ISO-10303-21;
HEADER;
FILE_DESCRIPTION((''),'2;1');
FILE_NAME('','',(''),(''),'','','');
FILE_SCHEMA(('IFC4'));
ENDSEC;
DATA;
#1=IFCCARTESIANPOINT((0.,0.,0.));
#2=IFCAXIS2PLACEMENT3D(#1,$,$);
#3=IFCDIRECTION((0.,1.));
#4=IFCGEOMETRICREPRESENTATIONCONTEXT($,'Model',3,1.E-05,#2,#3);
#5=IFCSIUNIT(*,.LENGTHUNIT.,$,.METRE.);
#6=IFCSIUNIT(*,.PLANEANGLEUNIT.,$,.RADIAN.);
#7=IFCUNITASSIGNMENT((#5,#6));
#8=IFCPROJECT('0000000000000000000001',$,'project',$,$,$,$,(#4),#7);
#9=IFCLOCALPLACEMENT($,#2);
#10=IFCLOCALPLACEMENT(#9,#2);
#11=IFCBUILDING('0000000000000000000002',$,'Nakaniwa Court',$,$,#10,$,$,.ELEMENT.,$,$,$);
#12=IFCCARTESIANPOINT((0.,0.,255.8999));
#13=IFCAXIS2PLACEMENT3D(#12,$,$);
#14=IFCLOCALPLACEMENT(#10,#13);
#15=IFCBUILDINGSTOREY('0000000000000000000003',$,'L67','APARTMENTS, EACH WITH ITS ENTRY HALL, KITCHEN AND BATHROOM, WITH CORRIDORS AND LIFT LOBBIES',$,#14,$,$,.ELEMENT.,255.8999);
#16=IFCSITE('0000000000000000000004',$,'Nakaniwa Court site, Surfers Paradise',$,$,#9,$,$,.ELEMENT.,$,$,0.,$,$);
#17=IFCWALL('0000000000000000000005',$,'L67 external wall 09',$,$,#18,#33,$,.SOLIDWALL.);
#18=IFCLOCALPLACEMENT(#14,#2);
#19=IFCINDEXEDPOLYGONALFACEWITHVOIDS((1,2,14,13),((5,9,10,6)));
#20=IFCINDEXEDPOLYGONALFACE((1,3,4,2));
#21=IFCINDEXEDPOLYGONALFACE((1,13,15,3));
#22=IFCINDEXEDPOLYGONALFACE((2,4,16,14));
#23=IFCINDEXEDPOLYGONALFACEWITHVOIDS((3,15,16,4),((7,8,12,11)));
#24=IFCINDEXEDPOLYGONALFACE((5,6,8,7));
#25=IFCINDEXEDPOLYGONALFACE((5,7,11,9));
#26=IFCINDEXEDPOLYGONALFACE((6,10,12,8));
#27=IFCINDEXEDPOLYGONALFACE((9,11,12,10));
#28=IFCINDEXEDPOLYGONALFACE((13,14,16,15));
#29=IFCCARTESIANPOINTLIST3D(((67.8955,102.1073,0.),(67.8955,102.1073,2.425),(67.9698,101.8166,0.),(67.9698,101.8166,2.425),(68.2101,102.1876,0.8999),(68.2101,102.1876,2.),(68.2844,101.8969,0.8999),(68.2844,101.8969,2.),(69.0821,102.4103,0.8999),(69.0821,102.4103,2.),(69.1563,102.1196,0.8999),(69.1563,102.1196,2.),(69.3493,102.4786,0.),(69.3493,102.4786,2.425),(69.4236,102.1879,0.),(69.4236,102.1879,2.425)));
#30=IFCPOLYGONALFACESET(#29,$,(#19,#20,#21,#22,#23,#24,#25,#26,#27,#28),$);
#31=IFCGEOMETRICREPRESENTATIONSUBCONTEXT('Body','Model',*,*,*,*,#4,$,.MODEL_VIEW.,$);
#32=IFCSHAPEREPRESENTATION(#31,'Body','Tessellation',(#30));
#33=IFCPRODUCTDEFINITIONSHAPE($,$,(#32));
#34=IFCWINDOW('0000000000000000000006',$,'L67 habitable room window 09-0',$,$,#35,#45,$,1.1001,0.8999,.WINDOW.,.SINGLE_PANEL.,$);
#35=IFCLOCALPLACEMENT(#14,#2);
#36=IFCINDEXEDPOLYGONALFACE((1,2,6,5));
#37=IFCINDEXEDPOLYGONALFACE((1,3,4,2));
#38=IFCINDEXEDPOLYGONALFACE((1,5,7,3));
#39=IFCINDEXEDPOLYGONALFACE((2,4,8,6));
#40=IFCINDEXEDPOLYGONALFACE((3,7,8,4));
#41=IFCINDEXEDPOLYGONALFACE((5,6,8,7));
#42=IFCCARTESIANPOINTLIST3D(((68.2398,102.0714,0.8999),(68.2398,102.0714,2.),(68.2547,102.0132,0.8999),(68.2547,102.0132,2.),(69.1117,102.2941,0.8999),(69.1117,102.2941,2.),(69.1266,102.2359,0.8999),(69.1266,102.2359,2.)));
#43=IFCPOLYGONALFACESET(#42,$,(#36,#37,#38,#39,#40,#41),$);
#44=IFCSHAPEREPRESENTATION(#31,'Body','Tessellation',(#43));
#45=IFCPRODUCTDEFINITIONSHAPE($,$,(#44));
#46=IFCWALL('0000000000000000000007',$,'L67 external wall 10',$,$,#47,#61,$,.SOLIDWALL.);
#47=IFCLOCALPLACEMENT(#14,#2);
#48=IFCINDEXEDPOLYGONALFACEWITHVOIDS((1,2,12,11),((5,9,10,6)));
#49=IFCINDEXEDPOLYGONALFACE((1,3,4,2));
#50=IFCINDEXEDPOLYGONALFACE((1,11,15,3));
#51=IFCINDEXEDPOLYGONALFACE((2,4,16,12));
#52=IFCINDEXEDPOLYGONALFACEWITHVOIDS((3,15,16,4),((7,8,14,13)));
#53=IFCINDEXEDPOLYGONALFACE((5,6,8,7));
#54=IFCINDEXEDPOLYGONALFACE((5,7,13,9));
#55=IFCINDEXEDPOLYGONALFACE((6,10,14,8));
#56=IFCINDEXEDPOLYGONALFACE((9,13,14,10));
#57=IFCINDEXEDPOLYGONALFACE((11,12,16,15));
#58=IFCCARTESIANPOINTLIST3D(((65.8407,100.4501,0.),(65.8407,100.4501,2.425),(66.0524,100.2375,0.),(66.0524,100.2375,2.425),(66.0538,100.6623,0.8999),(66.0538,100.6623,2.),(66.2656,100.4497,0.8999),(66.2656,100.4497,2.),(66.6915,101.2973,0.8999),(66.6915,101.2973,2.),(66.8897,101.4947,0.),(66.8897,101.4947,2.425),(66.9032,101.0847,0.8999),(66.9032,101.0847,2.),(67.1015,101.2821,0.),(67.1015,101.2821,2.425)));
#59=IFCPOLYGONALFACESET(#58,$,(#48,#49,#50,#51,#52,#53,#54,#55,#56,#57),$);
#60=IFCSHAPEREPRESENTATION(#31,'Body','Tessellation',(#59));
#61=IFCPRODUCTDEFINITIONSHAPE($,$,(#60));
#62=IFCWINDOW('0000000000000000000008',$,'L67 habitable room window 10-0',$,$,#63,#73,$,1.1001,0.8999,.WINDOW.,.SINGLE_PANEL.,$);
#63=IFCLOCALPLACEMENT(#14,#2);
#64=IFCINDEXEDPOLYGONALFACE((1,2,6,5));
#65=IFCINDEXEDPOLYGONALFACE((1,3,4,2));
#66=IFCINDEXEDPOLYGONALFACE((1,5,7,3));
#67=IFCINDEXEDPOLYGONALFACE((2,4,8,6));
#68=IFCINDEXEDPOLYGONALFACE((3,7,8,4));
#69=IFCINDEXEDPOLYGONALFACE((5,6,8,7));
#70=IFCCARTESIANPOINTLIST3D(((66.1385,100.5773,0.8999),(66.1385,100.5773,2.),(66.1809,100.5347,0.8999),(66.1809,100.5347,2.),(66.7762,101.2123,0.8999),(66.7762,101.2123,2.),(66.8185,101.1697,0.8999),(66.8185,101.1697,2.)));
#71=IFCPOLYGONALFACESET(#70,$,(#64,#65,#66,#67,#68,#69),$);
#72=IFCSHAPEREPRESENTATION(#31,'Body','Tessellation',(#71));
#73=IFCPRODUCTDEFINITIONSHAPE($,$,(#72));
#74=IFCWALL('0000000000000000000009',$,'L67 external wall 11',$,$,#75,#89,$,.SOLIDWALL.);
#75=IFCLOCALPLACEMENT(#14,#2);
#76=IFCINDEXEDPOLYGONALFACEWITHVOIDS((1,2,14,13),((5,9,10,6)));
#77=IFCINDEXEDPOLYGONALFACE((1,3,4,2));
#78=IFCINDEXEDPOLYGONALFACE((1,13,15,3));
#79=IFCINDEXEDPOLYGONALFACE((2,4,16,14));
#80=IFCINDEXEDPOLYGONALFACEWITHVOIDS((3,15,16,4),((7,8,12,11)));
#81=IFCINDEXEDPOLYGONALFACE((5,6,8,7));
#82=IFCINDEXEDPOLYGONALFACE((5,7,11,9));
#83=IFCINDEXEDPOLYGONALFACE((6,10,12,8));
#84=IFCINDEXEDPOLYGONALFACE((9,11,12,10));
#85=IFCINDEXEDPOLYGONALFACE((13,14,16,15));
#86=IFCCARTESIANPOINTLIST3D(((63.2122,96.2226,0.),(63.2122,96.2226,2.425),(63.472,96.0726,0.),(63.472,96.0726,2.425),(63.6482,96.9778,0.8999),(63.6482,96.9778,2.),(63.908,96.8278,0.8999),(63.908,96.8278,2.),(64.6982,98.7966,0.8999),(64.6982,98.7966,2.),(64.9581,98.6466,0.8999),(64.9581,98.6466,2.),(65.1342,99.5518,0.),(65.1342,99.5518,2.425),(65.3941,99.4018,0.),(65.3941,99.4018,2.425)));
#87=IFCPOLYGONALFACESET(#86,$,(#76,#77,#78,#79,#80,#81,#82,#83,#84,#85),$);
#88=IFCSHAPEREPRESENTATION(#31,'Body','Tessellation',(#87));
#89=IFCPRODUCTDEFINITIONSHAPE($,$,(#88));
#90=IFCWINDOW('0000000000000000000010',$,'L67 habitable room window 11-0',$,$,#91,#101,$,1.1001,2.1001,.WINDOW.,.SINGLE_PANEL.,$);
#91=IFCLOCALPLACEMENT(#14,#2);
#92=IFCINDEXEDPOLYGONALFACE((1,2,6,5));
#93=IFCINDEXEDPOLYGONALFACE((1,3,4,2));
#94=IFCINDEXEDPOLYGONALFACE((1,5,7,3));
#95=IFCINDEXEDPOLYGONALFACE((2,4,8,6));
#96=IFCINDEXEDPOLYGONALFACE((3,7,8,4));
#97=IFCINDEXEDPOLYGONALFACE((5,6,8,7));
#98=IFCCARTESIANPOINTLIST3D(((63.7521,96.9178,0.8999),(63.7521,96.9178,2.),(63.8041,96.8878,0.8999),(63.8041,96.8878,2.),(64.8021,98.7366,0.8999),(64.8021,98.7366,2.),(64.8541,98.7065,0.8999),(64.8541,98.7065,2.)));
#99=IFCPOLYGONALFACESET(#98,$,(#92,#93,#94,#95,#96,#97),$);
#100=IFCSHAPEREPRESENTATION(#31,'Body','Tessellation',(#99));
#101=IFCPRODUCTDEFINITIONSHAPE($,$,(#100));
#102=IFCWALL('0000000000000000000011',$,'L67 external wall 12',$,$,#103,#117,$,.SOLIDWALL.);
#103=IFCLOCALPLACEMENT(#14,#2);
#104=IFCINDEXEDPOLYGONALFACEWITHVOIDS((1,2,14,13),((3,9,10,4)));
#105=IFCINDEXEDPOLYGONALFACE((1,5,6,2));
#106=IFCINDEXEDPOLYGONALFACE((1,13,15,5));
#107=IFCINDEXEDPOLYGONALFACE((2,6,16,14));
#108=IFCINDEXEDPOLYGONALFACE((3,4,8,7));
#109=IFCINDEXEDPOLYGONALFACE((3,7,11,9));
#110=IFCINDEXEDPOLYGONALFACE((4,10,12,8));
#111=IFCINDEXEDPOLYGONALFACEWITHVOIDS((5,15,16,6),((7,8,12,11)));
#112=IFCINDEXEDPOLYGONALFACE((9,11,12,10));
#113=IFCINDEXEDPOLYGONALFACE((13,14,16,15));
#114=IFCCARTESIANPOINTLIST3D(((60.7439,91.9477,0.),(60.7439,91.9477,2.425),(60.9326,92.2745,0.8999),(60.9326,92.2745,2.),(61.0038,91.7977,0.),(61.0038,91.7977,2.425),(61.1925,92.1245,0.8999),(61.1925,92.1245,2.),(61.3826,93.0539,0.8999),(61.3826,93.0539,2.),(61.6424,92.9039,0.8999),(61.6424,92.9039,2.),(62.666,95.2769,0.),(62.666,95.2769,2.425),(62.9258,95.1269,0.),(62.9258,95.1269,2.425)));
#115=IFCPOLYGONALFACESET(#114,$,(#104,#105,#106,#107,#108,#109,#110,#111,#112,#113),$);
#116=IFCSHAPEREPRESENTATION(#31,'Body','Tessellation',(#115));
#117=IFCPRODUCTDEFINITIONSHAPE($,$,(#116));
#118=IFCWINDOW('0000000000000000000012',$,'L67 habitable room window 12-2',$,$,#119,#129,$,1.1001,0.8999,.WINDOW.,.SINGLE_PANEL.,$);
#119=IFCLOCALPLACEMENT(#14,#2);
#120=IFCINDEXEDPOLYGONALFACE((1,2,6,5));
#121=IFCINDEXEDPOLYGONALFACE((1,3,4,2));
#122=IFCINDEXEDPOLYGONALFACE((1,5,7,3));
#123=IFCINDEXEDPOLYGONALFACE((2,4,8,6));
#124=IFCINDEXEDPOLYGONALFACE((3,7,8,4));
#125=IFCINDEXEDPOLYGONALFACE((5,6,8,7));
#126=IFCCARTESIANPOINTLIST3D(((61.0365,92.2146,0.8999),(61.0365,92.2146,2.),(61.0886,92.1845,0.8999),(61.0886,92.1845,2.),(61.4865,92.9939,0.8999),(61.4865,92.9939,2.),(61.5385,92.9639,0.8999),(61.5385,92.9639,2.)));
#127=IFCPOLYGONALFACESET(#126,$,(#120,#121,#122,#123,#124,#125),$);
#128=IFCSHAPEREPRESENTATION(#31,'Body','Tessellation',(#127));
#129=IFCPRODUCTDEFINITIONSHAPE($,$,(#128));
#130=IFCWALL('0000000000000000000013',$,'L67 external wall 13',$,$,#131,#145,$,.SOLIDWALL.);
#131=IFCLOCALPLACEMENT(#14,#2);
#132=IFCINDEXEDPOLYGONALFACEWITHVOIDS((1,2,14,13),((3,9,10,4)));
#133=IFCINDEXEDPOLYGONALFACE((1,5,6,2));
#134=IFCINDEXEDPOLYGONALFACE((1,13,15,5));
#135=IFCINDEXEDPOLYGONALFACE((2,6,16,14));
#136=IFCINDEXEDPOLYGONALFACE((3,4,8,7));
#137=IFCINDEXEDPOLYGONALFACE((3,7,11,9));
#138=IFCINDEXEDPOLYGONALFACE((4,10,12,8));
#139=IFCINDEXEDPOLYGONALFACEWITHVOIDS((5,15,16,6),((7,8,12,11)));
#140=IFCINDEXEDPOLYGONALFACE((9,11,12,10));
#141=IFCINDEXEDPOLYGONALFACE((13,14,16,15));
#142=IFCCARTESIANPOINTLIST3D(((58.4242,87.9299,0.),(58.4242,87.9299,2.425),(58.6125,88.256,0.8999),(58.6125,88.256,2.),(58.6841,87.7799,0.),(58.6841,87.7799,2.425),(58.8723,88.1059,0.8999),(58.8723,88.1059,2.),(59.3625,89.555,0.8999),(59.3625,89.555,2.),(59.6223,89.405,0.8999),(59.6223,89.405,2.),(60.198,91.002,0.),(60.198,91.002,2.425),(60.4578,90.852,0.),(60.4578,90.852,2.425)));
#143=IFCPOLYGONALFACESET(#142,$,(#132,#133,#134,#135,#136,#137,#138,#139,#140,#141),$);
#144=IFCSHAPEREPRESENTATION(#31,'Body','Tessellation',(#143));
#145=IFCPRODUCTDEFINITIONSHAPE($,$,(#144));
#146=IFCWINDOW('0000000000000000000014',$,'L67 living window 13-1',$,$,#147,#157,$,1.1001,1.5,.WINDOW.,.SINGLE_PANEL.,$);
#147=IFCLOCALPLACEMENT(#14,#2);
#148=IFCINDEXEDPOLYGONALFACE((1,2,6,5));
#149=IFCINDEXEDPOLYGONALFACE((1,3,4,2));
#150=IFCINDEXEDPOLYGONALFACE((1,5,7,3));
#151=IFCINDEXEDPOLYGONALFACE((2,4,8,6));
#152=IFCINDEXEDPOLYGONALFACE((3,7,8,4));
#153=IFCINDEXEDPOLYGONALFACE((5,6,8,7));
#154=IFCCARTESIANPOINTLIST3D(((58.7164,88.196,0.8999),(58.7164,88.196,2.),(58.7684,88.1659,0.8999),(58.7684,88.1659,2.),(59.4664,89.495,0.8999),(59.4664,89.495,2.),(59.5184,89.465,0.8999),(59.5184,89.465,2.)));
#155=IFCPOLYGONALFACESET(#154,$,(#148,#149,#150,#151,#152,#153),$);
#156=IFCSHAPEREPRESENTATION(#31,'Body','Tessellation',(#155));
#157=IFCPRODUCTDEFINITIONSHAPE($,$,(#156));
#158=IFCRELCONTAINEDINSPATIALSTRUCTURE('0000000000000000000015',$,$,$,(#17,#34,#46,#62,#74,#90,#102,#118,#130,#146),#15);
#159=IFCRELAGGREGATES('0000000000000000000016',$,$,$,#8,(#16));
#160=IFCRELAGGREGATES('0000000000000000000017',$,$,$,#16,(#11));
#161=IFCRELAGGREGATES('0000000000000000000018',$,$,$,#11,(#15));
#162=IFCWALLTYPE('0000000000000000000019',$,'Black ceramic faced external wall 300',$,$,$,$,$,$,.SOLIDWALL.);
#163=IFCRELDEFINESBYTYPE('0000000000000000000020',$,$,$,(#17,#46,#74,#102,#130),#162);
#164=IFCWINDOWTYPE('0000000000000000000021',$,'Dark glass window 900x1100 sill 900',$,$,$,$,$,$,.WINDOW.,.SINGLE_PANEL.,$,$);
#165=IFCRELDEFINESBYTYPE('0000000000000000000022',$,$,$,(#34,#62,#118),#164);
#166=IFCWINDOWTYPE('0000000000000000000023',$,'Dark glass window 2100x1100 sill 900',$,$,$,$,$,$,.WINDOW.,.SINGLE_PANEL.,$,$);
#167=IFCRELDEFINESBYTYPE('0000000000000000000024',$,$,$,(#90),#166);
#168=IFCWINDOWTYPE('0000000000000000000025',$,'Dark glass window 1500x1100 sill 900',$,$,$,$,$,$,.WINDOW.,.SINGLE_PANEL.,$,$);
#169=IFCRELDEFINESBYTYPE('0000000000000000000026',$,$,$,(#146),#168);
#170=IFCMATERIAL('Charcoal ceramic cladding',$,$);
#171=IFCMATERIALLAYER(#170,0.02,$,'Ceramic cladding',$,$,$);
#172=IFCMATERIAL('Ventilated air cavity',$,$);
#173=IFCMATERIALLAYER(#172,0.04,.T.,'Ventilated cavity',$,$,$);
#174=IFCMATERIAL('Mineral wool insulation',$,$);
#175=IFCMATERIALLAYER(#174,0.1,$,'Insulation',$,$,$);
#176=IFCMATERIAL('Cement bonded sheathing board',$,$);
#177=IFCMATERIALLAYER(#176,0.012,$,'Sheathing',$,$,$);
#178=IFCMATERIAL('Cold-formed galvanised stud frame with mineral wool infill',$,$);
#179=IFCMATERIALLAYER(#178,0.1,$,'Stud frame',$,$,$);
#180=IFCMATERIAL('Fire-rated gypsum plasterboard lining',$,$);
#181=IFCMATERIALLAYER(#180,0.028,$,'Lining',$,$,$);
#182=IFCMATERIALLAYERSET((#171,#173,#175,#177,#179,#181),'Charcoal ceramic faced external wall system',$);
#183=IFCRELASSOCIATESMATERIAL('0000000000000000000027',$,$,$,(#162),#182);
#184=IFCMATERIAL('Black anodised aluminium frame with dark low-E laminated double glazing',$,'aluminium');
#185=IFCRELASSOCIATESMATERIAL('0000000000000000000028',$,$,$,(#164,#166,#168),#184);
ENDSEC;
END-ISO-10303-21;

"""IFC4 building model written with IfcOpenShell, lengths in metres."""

from ifc_helpers import new_model, si_unit, direction, frame, frame_2d, origin, place, context, subcontext, project, spatial, rectangle, extrude, material, layer, layer_set, type_object, element, fill, save


model = new_model("IFC4")

# Units and contexts
model_context = context("Model", 3, precision=1e-05, world=origin(), true_north=direction((0.0, 1.0)))
body_context = subcontext(model_context, "Body", "Model", "MODEL_VIEW")
ifc_project = project(units=[si_unit("LENGTHUNIT", "METRE"), si_unit("PLANEANGLEUNIT", "RADIAN")], contexts=[model_context])

# Site, building, storey
site_placement = place(None, origin())
site = spatial("IfcSite", under=ifc_project, at=site_placement, Name="Nakaniwa Court site, Surfers Paradise", CompositionType="ELEMENT", RefElevation=0.0)
building_placement = place(site_placement, origin())
building = spatial("IfcBuilding", under=site, at=building_placement, Name="Nakaniwa Court", CompositionType="ELEMENT")
storey_placement = place(building_placement, frame((0.0, 0.0, 255.8999)))
storey = spatial("IfcBuildingStorey", under=building, at=storey_placement, Name="L67", Description="APARTMENTS, EACH WITH ITS ENTRY HALL, KITCHEN AND BATHROOM, WITH CORRIDORS AND LIFT LOBBIES", CompositionType="ELEMENT", Elevation=255.8999)

# Walls, openings, windows
ifc_material_1 = material(Name="Charcoal ceramic cladding")
ifc_layer_1 = layer(ifc_material_1, 0.02, Name="Ceramic cladding")
ifc_material_2 = material(Name="Ventilated air cavity")
ifc_layer_2 = layer(ifc_material_2, 0.04, ventilated=True, Name="Ventilated cavity")
ifc_material_3 = material(Name="Mineral wool insulation")
ifc_layer_3 = layer(ifc_material_3, 0.1, Name="Insulation")
ifc_material_4 = material(Name="Cement bonded sheathing board")
ifc_layer_4 = layer(ifc_material_4, 0.012, Name="Sheathing")
ifc_material_5 = material(Name="Cold-formed galvanised stud frame with mineral wool infill")
ifc_layer_5 = layer(ifc_material_5, 0.1, Name="Stud frame")
ifc_material_6 = material(Name="Fire-rated gypsum plasterboard lining")
ifc_layer_6 = layer(ifc_material_6, 0.028, Name="Lining")
ifc_layer_set_1 = layer_set([ifc_layer_1, ifc_layer_2, ifc_layer_3, ifc_layer_4, ifc_layer_5, ifc_layer_6], Name="Charcoal ceramic faced external wall system")
wall_type_1 = type_object("IfcWallType", Name="Black ceramic faced external wall 300", PredefinedType="SOLIDWALL", material=ifc_layer_set_1)
wall_1_placement = place(storey_placement, frame((69.3865, 102.3333, 0.0), z_axis=(0.0, 0.0, 1.0), x_axis=(-0.968895, -0.247471, 0.0)))
wall_1 = element("IfcWall", 1, at=wall_1_placement, inside=storey, type_object=wall_type_1, Name="L67 external wall 09", PredefinedType="SOLIDWALL", context=body_context, shape_type="SweptSolid", body=[
    extrude(rectangle(XDim=1.5005, YDim=0.3, at=frame_2d((0.7502, 0.0))), origin(), (0.0, 0.0, 1.0), 2.425),
])
opening_1_placement = place(wall_1_placement, frame((0.2759, 0.0, 0.8999)))
opening_1 = element("IfcOpeningElement", 2, at=opening_1_placement, cuts=wall_1, PredefinedType="OPENING", context=body_context, shape_type="SweptSolid", body=[
    extrude(rectangle(XDim=0.8999, YDim=1.1001, at=frame_2d((0.45, 0.55))), frame((0.0, 0.1599, 0.0), z_axis=(0.0, -1.0, 0.0), x_axis=(1.0, 0.0, 0.0)), (0.0, 0.0, 1.0), 0.3201),
])
ifc_material_7 = material(Name="Black anodised aluminium frame with dark low-E laminated double glazing", Category="aluminium")
window_type_1 = type_object("IfcWindowType", Name="Dark glass window 900x1100 sill 900", PartitioningType="SINGLE_PANEL", PredefinedType="WINDOW", material=ifc_material_7)
window_1_placement = place(opening_1_placement, origin())
window_1 = element("IfcWindow", 3, at=window_1_placement, inside=storey, type_object=window_type_1, Name="L67 habitable room window 09-0", OverallHeight=1.1001, OverallWidth=0.8999, PartitioningType="SINGLE_PANEL", PredefinedType="WINDOW", context=body_context, shape_type="SweptSolid", body=[
    extrude(rectangle(XDim=0.8999, YDim=1.1001, at=frame_2d((0.45, 0.55))), frame((0.0, 0.03, 0.0), z_axis=(0.0, -1.0, 0.0), x_axis=(1.0, 0.0, 0.0)), (0.0, 0.0, 1.0), 0.0601),
])
fill(opening_1, window_1)
wall_2_placement = place(storey_placement, frame((66.9956, 101.3884, 0.0), z_axis=(0.0, 0.0, 1.0), x_axis=(-0.708589, -0.705621, 0.0)))
wall_2 = element("IfcWall", 4, at=wall_2_placement, inside=storey, type_object=wall_type_1, Name="L67 external wall 10", PredefinedType="SOLIDWALL", context=body_context, shape_type="SweptSolid", body=[
    extrude(rectangle(XDim=1.4805, YDim=0.3, at=frame_2d((0.7402, 0.0))), origin(), (0.0, 0.0, 1.0), 2.425),
])
opening_2_placement = place(wall_2_placement, frame((0.2798, 0.0, 0.8999)))
opening_2 = element("IfcOpeningElement", 5, at=opening_2_placement, cuts=wall_2, PredefinedType="OPENING", context=body_context, shape_type="SweptSolid", body=[
    extrude(rectangle(XDim=0.8999, YDim=1.1001, at=frame_2d((0.45, 0.55))), frame((0.0, 0.1599, 0.0), z_axis=(0.0, -1.0, 0.0), x_axis=(1.0, 0.0, 0.0)), (0.0, 0.0, 1.0), 0.3201),
])
window_2_placement = place(opening_2_placement, origin())
window_2 = element("IfcWindow", 6, at=window_2_placement, inside=storey, type_object=window_type_1, Name="L67 habitable room window 10-0", OverallHeight=1.1001, OverallWidth=0.8999, PartitioningType="SINGLE_PANEL", PredefinedType="WINDOW", context=body_context, shape_type="SweptSolid", body=[
    extrude(rectangle(XDim=0.8999, YDim=1.1001, at=frame_2d((0.45, 0.55))), frame((0.0, 0.03, 0.0), z_axis=(0.0, -1.0, 0.0), x_axis=(1.0, 0.0, 0.0)), (0.0, 0.0, 1.0), 0.0601),
])
fill(opening_2, window_2)
wall_3_placement = place(storey_placement, frame((65.2642, 99.4768, 0.0), z_axis=(0.0, 0.0, 1.0), x_axis=(-0.499984, -0.866034, 0.0)))
wall_3 = element("IfcWall", 7, at=wall_3_placement, inside=storey, type_object=wall_type_1, Name="L67 external wall 11", PredefinedType="SOLIDWALL", context=body_context, shape_type="SweptSolid", body=[
    extrude(rectangle(XDim=3.8442, YDim=0.3, at=frame_2d((1.9221, 0.0))), origin(), (0.0, 0.0, 1.0), 2.425),
])
opening_3_placement = place(wall_3_placement, frame((0.8721, 0.0, 0.8999)))
opening_3 = element("IfcOpeningElement", 8, at=opening_3_placement, cuts=wall_3, PredefinedType="OPENING", context=body_context, shape_type="SweptSolid", body=[
    extrude(rectangle(XDim=2.1001, YDim=1.1001, at=frame_2d((1.05, 0.55))), frame((0.0, 0.1599, 0.0), z_axis=(0.0, -1.0, 0.0), x_axis=(1.0, 0.0, 0.0)), (0.0, 0.0, 1.0), 0.3201),
])
window_type_2 = type_object("IfcWindowType", Name="Dark glass window 2100x1100 sill 900", PartitioningType="SINGLE_PANEL", PredefinedType="WINDOW", material=ifc_material_7)
window_3_placement = place(opening_3_placement, origin())
window_3 = element("IfcWindow", 9, at=window_3_placement, inside=storey, type_object=window_type_2, Name="L67 habitable room window 11-0", OverallHeight=1.1001, OverallWidth=2.1001, PartitioningType="SINGLE_PANEL", PredefinedType="WINDOW", context=body_context, shape_type="SweptSolid", body=[
    extrude(rectangle(XDim=2.1001, YDim=1.1001, at=frame_2d((1.05, 0.55))), frame((0.0, 0.03, 0.0), z_axis=(0.0, -1.0, 0.0), x_axis=(1.0, 0.0, 0.0)), (0.0, 0.0, 1.0), 0.0601),
])
fill(opening_3, window_3)
wall_4_placement = place(storey_placement, frame((62.7959, 95.2019, 0.0), z_axis=(0.0, 0.0, 1.0), x_axis=(-0.499984, -0.866034, 0.0)))
wall_4 = element("IfcWall", 10, at=wall_4_placement, inside=storey, type_object=wall_type_1, Name="L67 external wall 12", PredefinedType="SOLIDWALL", context=body_context, shape_type="SweptSolid", body=[
    extrude(rectangle(XDim=3.8442, YDim=0.3, at=frame_2d((1.9221, 0.0))), origin(), (0.0, 0.0, 1.0), 2.425),
])
opening_4_placement = place(wall_4_placement, frame((2.5669, 0.0, 0.8999)))
opening_4 = element("IfcOpeningElement", 11, at=opening_4_placement, cuts=wall_4, PredefinedType="OPENING", context=body_context, shape_type="SweptSolid", body=[
    extrude(rectangle(XDim=0.8999, YDim=1.1001, at=frame_2d((0.45, 0.55))), frame((0.0, 0.1599, 0.0), z_axis=(0.0, -1.0, 0.0), x_axis=(1.0, 0.0, 0.0)), (0.0, 0.0, 1.0), 0.3201),
])
window_4_placement = place(opening_4_placement, origin())
window_4 = element("IfcWindow", 12, at=window_4_placement, inside=storey, type_object=window_type_1, Name="L67 habitable room window 12-2", OverallHeight=1.1001, OverallWidth=0.8999, PartitioningType="SINGLE_PANEL", PredefinedType="WINDOW", context=body_context, shape_type="SweptSolid", body=[
    extrude(rectangle(XDim=0.8999, YDim=1.1001, at=frame_2d((0.45, 0.55))), frame((0.0, 0.03, 0.0), z_axis=(0.0, -1.0, 0.0), x_axis=(1.0, 0.0, 0.0)), (0.0, 0.0, 1.0), 0.0601),
])
fill(opening_4, window_4)
wall_5_placement = place(storey_placement, frame((60.3279, 90.927, 0.0), z_axis=(0.0, 0.0, 1.0), x_axis=(-0.50001, -0.866019, 0.0)))
wall_5 = element("IfcWall", 13, at=wall_5_placement, inside=storey, type_object=wall_type_1, Name="L67 external wall 13", PredefinedType="SOLIDWALL", context=body_context, shape_type="SweptSolid", body=[
    extrude(rectangle(XDim=3.5474, YDim=0.3, at=frame_2d((1.7737, 0.0))), origin(), (0.0, 0.0, 1.0), 2.425),
])
opening_5_placement = place(wall_5_placement, frame((1.6709, 0.0, 0.8999)))
opening_5 = element("IfcOpeningElement", 14, at=opening_5_placement, cuts=wall_5, PredefinedType="OPENING", context=body_context, shape_type="SweptSolid", body=[
    extrude(rectangle(XDim=1.5, YDim=1.1001, at=frame_2d((0.75, 0.55))), frame((0.0, 0.1599, 0.0), z_axis=(0.0, -1.0, 0.0), x_axis=(1.0, 0.0, 0.0)), (0.0, 0.0, 1.0), 0.3201),
])
window_type_3 = type_object("IfcWindowType", Name="Dark glass window 1500x1100 sill 900", PartitioningType="SINGLE_PANEL", PredefinedType="WINDOW", material=ifc_material_7)
window_5_placement = place(opening_5_placement, origin())
window_5 = element("IfcWindow", 15, at=window_5_placement, inside=storey, type_object=window_type_3, Name="L67 living window 13-1", OverallHeight=1.1001, OverallWidth=1.5, PartitioningType="SINGLE_PANEL", PredefinedType="WINDOW", context=body_context, shape_type="SweptSolid", body=[
    extrude(rectangle(XDim=1.5, YDim=1.1001, at=frame_2d((0.75, 0.55))), frame((0.0, 0.03, 0.0), z_axis=(0.0, -1.0, 0.0), x_axis=(1.0, 0.0, 0.0)), (0.0, 0.0, 1.0), 0.0601),
])
fill(opening_5, window_5)

save(model, "model.ifc")
